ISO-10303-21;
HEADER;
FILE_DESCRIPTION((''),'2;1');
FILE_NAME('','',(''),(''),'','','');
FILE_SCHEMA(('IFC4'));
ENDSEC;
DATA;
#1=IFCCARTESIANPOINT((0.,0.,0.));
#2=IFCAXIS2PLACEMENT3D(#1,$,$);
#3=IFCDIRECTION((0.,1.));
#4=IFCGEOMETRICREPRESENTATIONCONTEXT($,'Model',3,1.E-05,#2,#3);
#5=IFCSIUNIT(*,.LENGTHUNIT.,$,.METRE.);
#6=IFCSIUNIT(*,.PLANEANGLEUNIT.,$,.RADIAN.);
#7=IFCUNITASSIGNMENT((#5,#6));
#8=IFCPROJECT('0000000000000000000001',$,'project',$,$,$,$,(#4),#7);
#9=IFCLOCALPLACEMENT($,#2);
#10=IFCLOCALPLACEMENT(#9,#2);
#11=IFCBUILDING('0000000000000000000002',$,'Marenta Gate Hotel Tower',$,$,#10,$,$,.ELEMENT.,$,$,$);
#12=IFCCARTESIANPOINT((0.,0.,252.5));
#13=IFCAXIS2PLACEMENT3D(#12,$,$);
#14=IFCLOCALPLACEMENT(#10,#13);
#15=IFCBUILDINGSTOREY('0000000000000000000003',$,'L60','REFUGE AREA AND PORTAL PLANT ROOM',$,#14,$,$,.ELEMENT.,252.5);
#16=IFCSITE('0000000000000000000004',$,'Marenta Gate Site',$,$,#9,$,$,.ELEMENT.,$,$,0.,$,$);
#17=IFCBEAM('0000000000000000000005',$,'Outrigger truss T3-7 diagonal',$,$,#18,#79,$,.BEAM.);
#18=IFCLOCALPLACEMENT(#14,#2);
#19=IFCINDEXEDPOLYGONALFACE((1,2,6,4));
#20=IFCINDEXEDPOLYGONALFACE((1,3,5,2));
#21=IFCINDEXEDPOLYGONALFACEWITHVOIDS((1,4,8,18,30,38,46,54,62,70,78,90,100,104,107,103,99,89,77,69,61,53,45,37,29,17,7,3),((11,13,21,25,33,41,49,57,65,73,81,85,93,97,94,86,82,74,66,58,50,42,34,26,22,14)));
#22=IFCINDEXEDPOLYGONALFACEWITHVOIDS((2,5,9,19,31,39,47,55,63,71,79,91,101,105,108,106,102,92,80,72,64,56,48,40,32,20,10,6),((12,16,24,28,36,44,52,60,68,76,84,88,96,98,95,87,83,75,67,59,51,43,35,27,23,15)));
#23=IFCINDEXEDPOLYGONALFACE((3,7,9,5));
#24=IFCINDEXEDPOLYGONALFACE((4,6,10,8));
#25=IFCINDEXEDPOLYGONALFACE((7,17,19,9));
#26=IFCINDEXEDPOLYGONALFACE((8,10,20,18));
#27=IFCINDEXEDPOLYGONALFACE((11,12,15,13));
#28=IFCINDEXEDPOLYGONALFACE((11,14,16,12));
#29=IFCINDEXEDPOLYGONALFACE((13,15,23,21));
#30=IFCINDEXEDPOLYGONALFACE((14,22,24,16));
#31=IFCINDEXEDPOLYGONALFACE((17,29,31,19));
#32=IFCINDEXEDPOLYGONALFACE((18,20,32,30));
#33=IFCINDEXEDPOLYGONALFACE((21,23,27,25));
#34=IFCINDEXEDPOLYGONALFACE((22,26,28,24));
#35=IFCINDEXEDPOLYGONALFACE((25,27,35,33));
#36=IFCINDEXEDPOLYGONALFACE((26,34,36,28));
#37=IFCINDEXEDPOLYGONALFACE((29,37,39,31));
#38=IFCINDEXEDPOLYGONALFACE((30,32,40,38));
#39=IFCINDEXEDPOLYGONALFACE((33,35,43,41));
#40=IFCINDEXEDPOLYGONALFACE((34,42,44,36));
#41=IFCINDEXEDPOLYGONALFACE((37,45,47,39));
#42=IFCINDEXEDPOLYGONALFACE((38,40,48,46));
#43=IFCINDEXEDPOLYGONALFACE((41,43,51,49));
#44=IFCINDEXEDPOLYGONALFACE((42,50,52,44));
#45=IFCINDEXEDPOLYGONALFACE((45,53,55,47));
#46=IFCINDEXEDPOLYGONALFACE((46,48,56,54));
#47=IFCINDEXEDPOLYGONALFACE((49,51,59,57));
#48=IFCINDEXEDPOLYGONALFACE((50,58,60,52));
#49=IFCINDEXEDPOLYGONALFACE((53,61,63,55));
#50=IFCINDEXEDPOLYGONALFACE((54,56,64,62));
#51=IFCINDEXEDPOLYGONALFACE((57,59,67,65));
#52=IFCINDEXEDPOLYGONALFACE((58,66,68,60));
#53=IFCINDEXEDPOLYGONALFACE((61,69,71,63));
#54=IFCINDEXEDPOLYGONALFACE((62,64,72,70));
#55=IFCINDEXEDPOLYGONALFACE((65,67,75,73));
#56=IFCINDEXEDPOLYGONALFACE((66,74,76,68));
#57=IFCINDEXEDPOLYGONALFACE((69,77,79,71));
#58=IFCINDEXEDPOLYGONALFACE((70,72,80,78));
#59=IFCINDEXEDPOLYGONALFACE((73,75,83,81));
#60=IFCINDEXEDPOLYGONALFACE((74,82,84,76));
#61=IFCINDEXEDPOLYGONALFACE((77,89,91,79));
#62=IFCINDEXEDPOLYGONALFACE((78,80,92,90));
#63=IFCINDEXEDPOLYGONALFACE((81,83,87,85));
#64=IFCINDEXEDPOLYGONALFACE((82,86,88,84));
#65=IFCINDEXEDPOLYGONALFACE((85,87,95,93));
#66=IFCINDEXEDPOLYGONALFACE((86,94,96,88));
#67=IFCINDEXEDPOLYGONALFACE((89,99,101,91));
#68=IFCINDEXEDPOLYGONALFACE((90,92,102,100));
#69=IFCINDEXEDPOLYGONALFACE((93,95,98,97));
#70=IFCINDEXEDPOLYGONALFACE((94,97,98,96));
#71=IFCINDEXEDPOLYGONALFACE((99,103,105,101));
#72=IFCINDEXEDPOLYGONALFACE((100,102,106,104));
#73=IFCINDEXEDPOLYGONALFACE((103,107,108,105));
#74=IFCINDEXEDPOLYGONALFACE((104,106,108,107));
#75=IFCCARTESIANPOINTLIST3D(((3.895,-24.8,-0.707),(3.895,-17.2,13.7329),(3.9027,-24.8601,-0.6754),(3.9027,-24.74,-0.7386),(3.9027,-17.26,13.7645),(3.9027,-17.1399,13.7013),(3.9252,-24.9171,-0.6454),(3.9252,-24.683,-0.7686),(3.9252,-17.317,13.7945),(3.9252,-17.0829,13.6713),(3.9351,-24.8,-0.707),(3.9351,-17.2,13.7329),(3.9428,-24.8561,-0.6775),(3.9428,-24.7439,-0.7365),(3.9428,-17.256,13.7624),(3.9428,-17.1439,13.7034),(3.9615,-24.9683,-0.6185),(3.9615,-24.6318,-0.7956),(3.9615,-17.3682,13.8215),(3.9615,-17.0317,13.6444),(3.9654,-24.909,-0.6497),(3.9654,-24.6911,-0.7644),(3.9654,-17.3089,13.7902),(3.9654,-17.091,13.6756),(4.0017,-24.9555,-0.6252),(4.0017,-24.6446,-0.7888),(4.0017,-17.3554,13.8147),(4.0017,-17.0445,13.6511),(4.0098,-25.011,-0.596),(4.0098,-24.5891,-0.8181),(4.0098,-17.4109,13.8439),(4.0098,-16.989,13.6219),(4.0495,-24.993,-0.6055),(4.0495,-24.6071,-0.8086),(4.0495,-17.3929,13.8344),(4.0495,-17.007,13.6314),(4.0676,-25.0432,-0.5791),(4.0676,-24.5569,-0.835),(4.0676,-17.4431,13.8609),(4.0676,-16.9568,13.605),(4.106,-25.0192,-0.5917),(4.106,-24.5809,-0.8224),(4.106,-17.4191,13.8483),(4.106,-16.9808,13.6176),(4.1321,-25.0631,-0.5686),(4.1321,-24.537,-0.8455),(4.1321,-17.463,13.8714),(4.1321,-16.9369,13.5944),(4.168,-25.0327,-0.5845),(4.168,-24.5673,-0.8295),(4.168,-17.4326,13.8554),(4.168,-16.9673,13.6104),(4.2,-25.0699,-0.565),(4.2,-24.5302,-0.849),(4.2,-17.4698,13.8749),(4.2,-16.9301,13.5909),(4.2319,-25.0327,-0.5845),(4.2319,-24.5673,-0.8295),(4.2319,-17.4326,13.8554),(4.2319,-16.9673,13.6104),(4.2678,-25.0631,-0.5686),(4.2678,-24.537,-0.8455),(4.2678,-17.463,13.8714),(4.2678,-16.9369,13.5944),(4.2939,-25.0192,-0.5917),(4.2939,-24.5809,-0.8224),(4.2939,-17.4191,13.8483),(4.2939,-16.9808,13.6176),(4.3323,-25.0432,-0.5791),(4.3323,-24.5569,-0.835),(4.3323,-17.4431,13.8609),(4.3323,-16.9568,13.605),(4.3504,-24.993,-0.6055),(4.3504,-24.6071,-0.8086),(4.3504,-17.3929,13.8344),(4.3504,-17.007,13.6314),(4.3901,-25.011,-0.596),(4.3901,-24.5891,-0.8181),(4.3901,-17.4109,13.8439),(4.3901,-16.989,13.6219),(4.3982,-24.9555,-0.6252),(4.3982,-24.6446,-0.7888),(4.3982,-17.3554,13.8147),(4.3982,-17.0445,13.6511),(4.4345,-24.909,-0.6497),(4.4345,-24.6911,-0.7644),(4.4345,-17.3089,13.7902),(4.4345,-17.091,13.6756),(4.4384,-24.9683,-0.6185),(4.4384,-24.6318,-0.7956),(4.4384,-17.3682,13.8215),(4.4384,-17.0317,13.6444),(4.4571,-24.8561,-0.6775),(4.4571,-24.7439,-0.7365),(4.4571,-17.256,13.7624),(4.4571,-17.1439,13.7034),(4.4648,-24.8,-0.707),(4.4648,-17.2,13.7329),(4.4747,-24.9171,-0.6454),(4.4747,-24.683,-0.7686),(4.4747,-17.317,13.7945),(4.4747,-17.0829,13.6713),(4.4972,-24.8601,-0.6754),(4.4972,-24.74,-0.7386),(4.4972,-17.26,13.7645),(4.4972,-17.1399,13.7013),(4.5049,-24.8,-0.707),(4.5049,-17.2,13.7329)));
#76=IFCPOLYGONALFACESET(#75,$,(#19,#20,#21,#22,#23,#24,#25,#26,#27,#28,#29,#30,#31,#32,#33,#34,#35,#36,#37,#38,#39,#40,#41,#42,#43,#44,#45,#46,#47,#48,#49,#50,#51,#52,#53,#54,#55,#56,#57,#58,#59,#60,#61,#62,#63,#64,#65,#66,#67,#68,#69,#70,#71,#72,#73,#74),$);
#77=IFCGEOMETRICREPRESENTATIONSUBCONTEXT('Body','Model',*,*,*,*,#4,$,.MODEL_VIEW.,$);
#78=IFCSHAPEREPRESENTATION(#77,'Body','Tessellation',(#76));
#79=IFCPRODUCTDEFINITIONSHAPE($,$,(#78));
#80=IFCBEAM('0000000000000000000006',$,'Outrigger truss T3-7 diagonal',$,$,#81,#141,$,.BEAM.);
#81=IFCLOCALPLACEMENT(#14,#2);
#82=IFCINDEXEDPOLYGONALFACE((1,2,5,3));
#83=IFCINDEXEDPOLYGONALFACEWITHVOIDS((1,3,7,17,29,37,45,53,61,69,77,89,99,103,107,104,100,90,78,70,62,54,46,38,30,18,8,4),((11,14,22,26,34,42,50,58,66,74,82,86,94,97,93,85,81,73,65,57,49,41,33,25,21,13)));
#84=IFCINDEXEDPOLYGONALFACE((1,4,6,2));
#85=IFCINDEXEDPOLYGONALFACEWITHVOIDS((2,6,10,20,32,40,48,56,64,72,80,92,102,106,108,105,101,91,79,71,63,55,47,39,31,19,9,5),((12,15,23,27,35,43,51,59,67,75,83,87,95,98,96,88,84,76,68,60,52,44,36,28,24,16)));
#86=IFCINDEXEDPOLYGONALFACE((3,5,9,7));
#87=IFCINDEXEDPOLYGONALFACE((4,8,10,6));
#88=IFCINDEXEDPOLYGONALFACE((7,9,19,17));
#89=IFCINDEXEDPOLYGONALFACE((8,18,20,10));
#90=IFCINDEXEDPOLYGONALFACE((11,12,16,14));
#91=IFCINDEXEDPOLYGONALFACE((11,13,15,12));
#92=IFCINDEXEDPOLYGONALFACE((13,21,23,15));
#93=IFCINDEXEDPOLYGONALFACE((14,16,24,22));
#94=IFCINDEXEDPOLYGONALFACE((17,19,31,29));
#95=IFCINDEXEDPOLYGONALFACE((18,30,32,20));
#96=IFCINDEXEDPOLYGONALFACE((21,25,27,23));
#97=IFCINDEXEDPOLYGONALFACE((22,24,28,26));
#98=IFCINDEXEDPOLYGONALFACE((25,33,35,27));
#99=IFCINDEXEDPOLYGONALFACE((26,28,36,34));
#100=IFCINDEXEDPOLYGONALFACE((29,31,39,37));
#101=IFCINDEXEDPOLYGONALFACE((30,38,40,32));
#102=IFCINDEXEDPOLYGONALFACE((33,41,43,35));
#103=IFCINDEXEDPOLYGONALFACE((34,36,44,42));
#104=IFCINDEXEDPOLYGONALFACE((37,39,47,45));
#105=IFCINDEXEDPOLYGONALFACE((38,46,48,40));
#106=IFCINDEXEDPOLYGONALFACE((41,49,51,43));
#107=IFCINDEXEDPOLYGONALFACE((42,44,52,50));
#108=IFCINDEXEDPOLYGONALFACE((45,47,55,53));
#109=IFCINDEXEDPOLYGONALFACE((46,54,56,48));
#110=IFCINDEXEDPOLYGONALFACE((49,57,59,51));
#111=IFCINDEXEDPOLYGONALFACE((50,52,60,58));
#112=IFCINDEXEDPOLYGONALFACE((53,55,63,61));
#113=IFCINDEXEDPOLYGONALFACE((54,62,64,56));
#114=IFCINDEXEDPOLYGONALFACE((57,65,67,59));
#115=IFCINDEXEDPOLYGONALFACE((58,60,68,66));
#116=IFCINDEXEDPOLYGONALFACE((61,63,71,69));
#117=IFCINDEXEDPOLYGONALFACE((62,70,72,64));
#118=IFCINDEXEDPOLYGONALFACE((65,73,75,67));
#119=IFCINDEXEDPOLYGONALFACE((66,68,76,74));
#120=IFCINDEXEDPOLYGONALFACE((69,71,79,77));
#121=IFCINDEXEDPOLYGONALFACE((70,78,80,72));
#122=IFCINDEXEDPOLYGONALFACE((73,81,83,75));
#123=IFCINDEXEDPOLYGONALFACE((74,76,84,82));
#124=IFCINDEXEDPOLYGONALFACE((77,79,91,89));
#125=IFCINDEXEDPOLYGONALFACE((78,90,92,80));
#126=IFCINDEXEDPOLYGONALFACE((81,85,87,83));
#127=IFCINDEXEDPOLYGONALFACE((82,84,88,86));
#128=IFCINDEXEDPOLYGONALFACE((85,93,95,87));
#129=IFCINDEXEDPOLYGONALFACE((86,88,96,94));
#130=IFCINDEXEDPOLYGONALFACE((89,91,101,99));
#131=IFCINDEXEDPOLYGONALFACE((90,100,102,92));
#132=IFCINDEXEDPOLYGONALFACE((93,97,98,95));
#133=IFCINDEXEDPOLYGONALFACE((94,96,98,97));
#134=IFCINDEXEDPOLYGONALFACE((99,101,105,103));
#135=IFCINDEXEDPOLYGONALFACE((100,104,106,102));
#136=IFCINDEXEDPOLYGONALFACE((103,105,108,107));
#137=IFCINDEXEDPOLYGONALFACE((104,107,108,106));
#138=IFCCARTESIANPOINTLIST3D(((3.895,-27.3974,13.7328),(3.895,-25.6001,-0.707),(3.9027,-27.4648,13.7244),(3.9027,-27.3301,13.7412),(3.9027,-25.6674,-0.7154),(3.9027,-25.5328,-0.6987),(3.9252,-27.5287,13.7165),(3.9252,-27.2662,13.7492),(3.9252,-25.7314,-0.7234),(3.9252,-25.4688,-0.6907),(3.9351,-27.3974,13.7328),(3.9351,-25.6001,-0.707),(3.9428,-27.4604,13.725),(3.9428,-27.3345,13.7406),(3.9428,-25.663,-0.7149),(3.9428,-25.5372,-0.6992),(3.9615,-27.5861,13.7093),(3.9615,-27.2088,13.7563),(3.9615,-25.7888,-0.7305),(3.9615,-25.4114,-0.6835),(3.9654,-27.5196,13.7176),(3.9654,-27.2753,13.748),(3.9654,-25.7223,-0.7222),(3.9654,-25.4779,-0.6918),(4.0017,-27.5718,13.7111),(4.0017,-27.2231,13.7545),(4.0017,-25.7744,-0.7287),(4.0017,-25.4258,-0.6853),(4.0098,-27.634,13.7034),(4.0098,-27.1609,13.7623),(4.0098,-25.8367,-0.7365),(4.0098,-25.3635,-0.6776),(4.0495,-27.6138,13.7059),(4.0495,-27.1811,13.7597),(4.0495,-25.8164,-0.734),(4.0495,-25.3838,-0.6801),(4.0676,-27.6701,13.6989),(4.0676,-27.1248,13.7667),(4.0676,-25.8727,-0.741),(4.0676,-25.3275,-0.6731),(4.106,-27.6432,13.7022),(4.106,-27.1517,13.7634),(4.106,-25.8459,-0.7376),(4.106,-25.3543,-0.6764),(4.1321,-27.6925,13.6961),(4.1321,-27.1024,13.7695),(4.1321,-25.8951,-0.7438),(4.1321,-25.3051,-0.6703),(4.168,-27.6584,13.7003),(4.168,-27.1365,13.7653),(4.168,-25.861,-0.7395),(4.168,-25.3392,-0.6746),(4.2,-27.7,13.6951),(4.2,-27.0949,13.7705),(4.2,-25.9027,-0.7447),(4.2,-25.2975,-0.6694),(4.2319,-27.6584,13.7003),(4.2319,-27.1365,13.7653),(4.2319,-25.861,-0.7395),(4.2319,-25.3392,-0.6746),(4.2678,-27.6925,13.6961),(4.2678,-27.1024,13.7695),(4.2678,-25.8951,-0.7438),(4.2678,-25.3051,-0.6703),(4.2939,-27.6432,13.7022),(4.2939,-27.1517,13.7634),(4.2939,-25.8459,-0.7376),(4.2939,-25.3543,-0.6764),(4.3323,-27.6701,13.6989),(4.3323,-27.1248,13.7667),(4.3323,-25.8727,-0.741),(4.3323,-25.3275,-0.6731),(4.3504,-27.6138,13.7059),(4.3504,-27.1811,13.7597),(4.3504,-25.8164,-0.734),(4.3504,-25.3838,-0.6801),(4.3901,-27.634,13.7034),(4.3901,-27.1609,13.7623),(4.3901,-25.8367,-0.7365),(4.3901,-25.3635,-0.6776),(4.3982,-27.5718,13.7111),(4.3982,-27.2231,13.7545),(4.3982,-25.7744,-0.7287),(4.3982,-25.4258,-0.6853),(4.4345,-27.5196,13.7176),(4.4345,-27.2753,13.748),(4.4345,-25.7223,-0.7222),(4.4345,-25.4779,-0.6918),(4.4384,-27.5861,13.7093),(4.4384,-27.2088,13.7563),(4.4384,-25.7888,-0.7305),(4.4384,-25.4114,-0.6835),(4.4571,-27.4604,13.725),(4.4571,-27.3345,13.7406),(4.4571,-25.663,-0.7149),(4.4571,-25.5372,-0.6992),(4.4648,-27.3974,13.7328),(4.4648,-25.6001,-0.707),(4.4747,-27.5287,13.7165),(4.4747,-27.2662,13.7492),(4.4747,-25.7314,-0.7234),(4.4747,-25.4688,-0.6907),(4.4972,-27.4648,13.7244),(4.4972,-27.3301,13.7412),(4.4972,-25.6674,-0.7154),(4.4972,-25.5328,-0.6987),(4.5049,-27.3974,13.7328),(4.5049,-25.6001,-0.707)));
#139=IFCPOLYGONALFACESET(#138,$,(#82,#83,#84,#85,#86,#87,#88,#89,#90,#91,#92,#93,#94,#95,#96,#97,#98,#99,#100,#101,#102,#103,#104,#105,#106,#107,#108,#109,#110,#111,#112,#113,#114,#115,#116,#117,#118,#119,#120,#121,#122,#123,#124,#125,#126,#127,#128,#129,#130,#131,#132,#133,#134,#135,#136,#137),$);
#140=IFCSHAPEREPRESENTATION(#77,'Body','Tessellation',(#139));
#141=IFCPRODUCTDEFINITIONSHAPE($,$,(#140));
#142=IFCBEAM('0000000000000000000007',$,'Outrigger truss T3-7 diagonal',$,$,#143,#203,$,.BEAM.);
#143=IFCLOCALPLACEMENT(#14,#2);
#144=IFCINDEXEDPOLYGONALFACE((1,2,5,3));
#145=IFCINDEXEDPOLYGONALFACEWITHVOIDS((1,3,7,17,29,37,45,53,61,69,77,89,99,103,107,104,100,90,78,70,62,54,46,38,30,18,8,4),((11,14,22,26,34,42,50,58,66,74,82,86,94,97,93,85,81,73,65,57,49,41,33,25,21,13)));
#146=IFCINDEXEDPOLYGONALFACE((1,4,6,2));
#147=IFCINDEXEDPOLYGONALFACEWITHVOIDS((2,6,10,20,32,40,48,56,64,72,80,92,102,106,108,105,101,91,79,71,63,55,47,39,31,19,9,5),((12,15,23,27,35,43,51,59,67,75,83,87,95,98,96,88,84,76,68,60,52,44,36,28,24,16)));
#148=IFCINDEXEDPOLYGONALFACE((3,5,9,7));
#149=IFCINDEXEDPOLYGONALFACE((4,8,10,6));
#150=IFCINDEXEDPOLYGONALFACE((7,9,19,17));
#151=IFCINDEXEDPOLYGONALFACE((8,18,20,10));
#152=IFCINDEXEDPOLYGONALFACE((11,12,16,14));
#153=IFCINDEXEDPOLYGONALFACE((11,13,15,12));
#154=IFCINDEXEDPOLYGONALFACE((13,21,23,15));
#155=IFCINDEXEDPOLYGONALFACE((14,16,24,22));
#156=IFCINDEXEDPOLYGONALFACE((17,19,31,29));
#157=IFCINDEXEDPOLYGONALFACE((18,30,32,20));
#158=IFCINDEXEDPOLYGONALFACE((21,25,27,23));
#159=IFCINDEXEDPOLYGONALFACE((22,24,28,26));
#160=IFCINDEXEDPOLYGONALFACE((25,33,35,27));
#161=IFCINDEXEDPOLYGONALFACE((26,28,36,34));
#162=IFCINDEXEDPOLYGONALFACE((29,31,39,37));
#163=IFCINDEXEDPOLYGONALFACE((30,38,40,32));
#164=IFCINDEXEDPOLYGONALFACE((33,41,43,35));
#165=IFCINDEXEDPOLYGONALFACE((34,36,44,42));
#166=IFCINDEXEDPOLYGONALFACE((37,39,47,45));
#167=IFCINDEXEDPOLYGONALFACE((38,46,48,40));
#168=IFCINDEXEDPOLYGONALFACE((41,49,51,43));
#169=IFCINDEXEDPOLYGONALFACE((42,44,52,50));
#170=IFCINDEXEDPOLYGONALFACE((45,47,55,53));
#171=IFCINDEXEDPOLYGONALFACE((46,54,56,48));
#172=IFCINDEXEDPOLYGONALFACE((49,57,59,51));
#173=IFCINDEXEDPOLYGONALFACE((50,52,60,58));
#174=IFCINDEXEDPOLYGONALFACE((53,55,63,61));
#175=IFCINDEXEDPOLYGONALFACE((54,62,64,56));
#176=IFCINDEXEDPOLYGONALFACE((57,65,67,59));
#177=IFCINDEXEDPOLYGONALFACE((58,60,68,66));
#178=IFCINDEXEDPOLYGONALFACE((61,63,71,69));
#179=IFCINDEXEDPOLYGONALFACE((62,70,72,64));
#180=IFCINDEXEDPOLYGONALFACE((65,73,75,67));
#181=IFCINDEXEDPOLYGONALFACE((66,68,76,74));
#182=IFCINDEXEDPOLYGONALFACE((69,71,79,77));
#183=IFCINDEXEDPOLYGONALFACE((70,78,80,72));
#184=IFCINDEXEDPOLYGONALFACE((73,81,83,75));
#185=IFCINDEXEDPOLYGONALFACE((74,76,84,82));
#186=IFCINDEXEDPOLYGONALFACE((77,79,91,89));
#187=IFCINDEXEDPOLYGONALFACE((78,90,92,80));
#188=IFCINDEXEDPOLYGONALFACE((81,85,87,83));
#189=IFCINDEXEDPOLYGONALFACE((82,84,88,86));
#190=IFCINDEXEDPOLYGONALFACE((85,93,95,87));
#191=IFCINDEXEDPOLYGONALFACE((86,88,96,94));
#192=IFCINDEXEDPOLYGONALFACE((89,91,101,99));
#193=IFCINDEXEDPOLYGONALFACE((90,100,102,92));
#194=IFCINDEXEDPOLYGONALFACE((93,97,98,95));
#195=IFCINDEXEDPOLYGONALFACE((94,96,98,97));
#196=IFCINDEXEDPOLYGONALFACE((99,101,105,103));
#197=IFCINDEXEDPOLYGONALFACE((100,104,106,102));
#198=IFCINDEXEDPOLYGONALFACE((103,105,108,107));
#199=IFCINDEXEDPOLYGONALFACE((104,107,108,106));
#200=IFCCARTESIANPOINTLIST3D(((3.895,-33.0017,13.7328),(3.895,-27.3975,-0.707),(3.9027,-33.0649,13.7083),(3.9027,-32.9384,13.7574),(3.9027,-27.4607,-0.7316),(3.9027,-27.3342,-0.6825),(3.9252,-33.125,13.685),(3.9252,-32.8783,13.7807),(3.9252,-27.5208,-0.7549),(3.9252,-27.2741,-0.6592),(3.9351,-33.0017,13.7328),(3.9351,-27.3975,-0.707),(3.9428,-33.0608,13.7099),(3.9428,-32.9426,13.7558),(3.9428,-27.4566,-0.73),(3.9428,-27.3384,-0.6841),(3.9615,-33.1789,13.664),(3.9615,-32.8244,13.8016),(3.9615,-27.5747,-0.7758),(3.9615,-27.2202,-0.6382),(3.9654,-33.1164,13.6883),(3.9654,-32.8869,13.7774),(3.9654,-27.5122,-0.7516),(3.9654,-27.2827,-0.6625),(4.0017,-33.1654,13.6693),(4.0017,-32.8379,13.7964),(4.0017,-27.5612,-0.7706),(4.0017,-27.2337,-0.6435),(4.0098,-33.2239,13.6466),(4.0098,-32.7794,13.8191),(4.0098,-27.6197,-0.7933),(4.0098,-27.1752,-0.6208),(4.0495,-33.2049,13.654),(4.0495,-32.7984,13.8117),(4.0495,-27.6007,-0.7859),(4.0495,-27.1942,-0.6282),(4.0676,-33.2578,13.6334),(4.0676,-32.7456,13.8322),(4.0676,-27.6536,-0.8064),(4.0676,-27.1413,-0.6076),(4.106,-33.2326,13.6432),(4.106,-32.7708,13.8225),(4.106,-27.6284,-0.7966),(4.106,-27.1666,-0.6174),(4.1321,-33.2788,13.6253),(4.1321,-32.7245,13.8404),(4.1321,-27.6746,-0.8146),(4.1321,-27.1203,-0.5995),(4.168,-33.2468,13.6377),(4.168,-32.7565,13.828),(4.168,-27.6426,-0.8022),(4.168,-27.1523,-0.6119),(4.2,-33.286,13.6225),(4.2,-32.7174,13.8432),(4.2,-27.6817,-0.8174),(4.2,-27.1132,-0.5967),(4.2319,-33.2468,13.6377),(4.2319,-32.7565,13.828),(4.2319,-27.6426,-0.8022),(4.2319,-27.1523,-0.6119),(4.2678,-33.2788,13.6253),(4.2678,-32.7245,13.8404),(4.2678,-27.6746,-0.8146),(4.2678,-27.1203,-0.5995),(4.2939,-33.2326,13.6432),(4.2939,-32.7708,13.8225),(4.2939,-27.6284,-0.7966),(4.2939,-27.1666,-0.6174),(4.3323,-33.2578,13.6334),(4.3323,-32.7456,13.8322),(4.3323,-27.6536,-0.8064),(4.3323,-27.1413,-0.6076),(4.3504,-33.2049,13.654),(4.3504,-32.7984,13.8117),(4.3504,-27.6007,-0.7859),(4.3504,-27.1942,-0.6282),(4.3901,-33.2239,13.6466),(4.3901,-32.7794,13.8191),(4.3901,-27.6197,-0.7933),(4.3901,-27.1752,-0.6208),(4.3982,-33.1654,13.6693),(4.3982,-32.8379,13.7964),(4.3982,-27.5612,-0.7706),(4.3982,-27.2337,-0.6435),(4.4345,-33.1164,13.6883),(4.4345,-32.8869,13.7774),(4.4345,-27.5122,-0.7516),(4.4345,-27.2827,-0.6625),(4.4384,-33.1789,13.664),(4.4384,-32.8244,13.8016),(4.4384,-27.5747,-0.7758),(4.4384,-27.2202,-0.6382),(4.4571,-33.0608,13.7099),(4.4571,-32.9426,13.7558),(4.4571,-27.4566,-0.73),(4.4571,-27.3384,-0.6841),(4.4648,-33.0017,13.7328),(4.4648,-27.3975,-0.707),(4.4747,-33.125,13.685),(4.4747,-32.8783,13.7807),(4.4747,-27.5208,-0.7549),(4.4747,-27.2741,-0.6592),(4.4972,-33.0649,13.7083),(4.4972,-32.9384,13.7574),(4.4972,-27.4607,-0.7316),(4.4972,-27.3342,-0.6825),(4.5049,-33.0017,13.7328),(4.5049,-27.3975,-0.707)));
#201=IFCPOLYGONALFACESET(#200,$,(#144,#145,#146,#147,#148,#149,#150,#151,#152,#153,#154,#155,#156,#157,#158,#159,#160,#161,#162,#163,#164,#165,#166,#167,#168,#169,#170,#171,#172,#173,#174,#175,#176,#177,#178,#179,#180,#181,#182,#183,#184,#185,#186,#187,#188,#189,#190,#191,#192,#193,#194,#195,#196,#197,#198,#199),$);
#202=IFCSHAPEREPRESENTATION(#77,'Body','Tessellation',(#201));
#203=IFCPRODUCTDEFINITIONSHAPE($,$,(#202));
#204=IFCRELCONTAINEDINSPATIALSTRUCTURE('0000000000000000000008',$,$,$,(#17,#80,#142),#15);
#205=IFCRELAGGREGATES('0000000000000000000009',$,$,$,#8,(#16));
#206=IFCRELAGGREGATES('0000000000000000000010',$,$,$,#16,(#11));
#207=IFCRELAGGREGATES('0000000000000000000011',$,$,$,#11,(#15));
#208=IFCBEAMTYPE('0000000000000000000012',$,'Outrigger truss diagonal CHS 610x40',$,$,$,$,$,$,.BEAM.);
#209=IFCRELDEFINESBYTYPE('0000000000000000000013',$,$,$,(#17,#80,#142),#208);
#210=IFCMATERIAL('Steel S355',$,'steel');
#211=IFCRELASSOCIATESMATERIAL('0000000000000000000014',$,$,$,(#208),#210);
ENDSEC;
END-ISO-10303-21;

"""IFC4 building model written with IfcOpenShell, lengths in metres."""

from ifc_helpers import new_model, si_unit, direction, frame, origin, origin_2d, place, context, subcontext, project, spatial, hollow_circle, extrude, material, material_profile, profile_set, type_object, element, save


model = new_model("IFC4")

# Units and contexts
model_context = context("Model", 3, precision=1e-05, world=origin(), true_north=direction((0.0, 1.0)))
body_context = subcontext(model_context, "Body", "Model", "MODEL_VIEW")
ifc_project = project(units=[si_unit("LENGTHUNIT", "METRE"), si_unit("PLANEANGLEUNIT", "RADIAN")], contexts=[model_context])

# Site, building, storey
site_placement = place(None, origin())
site = spatial("IfcSite", under=ifc_project, at=site_placement, Name="Marenta Gate Site", CompositionType="ELEMENT", RefElevation=0.0)
building_placement = place(site_placement, origin())
building = spatial("IfcBuilding", under=site, at=building_placement, Name="Marenta Gate Hotel Tower", CompositionType="ELEMENT")
storey_placement = place(building_placement, frame((0.0, 0.0, 252.5)))
storey = spatial("IfcBuildingStorey", under=building, at=storey_placement, Name="L60", Description="REFUGE AREA AND PORTAL PLANT ROOM", CompositionType="ELEMENT", Elevation=252.5)

# Beams
ifc_material_1 = material(Name="Steel S355", Category="steel")
ifc_material_profile_1 = material_profile(ifc_material_1, hollow_circle(Radius=0.3049, WallThickness=0.04, at=origin_2d()), Name="CHS 610x40")
ifc_profile_set_1 = profile_set([ifc_material_profile_1], Name="Steel S355")
beam_type_1 = type_object("IfcBeamType", Name="Outrigger truss diagonal CHS 610x40", PredefinedType="BEAM", material=ifc_profile_set_1)
beam_1_placement = place(storey_placement, frame((4.2, -17.2, 13.7329), z_axis=(0.0, -0.465753, -0.884915), x_axis=(1.0, 0.0, 0.0)))
element("IfcBeam", 1, at=beam_1_placement, inside=storey, type_object=beam_type_1, Name="Outrigger truss T3-7 diagonal", PredefinedType="BEAM", context=body_context, shape_type="SweptSolid", body=[
    extrude(hollow_circle(Radius=0.3049, WallThickness=0.04, at=origin_2d()), origin(), (0.0, 0.0, 1.0), 16.3179),
])
beam_2_placement = place(storey_placement, frame((4.2, -25.6001, -0.707), z_axis=(0.0, -0.123518, 0.992342), x_axis=(1.0, 0.0, 0.0)))
element("IfcBeam", 2, at=beam_2_placement, inside=storey, type_object=beam_type_1, Name="Outrigger truss T3-7 diagonal", PredefinedType="BEAM", context=body_context, shape_type="SweptSolid", body=[
    extrude(hollow_circle(Radius=0.3049, WallThickness=0.04, at=origin_2d()), origin(), (0.0, 0.0, 1.0), 14.5513),
])
beam_3_placement = place(storey_placement, frame((4.2, -27.3975, -0.707), z_axis=(0.0, -0.361813, 0.932251), x_axis=(1.0, 0.0, 0.0)))
element("IfcBeam", 3, at=beam_3_placement, inside=storey, type_object=beam_type_1, Name="Outrigger truss T3-7 diagonal", PredefinedType="BEAM", context=body_context, shape_type="SweptSolid", body=[
    extrude(hollow_circle(Radius=0.3049, WallThickness=0.04, at=origin_2d()), origin(), (0.0, 0.0, 1.0), 15.4893),
])

save(model, "model.ifc")
